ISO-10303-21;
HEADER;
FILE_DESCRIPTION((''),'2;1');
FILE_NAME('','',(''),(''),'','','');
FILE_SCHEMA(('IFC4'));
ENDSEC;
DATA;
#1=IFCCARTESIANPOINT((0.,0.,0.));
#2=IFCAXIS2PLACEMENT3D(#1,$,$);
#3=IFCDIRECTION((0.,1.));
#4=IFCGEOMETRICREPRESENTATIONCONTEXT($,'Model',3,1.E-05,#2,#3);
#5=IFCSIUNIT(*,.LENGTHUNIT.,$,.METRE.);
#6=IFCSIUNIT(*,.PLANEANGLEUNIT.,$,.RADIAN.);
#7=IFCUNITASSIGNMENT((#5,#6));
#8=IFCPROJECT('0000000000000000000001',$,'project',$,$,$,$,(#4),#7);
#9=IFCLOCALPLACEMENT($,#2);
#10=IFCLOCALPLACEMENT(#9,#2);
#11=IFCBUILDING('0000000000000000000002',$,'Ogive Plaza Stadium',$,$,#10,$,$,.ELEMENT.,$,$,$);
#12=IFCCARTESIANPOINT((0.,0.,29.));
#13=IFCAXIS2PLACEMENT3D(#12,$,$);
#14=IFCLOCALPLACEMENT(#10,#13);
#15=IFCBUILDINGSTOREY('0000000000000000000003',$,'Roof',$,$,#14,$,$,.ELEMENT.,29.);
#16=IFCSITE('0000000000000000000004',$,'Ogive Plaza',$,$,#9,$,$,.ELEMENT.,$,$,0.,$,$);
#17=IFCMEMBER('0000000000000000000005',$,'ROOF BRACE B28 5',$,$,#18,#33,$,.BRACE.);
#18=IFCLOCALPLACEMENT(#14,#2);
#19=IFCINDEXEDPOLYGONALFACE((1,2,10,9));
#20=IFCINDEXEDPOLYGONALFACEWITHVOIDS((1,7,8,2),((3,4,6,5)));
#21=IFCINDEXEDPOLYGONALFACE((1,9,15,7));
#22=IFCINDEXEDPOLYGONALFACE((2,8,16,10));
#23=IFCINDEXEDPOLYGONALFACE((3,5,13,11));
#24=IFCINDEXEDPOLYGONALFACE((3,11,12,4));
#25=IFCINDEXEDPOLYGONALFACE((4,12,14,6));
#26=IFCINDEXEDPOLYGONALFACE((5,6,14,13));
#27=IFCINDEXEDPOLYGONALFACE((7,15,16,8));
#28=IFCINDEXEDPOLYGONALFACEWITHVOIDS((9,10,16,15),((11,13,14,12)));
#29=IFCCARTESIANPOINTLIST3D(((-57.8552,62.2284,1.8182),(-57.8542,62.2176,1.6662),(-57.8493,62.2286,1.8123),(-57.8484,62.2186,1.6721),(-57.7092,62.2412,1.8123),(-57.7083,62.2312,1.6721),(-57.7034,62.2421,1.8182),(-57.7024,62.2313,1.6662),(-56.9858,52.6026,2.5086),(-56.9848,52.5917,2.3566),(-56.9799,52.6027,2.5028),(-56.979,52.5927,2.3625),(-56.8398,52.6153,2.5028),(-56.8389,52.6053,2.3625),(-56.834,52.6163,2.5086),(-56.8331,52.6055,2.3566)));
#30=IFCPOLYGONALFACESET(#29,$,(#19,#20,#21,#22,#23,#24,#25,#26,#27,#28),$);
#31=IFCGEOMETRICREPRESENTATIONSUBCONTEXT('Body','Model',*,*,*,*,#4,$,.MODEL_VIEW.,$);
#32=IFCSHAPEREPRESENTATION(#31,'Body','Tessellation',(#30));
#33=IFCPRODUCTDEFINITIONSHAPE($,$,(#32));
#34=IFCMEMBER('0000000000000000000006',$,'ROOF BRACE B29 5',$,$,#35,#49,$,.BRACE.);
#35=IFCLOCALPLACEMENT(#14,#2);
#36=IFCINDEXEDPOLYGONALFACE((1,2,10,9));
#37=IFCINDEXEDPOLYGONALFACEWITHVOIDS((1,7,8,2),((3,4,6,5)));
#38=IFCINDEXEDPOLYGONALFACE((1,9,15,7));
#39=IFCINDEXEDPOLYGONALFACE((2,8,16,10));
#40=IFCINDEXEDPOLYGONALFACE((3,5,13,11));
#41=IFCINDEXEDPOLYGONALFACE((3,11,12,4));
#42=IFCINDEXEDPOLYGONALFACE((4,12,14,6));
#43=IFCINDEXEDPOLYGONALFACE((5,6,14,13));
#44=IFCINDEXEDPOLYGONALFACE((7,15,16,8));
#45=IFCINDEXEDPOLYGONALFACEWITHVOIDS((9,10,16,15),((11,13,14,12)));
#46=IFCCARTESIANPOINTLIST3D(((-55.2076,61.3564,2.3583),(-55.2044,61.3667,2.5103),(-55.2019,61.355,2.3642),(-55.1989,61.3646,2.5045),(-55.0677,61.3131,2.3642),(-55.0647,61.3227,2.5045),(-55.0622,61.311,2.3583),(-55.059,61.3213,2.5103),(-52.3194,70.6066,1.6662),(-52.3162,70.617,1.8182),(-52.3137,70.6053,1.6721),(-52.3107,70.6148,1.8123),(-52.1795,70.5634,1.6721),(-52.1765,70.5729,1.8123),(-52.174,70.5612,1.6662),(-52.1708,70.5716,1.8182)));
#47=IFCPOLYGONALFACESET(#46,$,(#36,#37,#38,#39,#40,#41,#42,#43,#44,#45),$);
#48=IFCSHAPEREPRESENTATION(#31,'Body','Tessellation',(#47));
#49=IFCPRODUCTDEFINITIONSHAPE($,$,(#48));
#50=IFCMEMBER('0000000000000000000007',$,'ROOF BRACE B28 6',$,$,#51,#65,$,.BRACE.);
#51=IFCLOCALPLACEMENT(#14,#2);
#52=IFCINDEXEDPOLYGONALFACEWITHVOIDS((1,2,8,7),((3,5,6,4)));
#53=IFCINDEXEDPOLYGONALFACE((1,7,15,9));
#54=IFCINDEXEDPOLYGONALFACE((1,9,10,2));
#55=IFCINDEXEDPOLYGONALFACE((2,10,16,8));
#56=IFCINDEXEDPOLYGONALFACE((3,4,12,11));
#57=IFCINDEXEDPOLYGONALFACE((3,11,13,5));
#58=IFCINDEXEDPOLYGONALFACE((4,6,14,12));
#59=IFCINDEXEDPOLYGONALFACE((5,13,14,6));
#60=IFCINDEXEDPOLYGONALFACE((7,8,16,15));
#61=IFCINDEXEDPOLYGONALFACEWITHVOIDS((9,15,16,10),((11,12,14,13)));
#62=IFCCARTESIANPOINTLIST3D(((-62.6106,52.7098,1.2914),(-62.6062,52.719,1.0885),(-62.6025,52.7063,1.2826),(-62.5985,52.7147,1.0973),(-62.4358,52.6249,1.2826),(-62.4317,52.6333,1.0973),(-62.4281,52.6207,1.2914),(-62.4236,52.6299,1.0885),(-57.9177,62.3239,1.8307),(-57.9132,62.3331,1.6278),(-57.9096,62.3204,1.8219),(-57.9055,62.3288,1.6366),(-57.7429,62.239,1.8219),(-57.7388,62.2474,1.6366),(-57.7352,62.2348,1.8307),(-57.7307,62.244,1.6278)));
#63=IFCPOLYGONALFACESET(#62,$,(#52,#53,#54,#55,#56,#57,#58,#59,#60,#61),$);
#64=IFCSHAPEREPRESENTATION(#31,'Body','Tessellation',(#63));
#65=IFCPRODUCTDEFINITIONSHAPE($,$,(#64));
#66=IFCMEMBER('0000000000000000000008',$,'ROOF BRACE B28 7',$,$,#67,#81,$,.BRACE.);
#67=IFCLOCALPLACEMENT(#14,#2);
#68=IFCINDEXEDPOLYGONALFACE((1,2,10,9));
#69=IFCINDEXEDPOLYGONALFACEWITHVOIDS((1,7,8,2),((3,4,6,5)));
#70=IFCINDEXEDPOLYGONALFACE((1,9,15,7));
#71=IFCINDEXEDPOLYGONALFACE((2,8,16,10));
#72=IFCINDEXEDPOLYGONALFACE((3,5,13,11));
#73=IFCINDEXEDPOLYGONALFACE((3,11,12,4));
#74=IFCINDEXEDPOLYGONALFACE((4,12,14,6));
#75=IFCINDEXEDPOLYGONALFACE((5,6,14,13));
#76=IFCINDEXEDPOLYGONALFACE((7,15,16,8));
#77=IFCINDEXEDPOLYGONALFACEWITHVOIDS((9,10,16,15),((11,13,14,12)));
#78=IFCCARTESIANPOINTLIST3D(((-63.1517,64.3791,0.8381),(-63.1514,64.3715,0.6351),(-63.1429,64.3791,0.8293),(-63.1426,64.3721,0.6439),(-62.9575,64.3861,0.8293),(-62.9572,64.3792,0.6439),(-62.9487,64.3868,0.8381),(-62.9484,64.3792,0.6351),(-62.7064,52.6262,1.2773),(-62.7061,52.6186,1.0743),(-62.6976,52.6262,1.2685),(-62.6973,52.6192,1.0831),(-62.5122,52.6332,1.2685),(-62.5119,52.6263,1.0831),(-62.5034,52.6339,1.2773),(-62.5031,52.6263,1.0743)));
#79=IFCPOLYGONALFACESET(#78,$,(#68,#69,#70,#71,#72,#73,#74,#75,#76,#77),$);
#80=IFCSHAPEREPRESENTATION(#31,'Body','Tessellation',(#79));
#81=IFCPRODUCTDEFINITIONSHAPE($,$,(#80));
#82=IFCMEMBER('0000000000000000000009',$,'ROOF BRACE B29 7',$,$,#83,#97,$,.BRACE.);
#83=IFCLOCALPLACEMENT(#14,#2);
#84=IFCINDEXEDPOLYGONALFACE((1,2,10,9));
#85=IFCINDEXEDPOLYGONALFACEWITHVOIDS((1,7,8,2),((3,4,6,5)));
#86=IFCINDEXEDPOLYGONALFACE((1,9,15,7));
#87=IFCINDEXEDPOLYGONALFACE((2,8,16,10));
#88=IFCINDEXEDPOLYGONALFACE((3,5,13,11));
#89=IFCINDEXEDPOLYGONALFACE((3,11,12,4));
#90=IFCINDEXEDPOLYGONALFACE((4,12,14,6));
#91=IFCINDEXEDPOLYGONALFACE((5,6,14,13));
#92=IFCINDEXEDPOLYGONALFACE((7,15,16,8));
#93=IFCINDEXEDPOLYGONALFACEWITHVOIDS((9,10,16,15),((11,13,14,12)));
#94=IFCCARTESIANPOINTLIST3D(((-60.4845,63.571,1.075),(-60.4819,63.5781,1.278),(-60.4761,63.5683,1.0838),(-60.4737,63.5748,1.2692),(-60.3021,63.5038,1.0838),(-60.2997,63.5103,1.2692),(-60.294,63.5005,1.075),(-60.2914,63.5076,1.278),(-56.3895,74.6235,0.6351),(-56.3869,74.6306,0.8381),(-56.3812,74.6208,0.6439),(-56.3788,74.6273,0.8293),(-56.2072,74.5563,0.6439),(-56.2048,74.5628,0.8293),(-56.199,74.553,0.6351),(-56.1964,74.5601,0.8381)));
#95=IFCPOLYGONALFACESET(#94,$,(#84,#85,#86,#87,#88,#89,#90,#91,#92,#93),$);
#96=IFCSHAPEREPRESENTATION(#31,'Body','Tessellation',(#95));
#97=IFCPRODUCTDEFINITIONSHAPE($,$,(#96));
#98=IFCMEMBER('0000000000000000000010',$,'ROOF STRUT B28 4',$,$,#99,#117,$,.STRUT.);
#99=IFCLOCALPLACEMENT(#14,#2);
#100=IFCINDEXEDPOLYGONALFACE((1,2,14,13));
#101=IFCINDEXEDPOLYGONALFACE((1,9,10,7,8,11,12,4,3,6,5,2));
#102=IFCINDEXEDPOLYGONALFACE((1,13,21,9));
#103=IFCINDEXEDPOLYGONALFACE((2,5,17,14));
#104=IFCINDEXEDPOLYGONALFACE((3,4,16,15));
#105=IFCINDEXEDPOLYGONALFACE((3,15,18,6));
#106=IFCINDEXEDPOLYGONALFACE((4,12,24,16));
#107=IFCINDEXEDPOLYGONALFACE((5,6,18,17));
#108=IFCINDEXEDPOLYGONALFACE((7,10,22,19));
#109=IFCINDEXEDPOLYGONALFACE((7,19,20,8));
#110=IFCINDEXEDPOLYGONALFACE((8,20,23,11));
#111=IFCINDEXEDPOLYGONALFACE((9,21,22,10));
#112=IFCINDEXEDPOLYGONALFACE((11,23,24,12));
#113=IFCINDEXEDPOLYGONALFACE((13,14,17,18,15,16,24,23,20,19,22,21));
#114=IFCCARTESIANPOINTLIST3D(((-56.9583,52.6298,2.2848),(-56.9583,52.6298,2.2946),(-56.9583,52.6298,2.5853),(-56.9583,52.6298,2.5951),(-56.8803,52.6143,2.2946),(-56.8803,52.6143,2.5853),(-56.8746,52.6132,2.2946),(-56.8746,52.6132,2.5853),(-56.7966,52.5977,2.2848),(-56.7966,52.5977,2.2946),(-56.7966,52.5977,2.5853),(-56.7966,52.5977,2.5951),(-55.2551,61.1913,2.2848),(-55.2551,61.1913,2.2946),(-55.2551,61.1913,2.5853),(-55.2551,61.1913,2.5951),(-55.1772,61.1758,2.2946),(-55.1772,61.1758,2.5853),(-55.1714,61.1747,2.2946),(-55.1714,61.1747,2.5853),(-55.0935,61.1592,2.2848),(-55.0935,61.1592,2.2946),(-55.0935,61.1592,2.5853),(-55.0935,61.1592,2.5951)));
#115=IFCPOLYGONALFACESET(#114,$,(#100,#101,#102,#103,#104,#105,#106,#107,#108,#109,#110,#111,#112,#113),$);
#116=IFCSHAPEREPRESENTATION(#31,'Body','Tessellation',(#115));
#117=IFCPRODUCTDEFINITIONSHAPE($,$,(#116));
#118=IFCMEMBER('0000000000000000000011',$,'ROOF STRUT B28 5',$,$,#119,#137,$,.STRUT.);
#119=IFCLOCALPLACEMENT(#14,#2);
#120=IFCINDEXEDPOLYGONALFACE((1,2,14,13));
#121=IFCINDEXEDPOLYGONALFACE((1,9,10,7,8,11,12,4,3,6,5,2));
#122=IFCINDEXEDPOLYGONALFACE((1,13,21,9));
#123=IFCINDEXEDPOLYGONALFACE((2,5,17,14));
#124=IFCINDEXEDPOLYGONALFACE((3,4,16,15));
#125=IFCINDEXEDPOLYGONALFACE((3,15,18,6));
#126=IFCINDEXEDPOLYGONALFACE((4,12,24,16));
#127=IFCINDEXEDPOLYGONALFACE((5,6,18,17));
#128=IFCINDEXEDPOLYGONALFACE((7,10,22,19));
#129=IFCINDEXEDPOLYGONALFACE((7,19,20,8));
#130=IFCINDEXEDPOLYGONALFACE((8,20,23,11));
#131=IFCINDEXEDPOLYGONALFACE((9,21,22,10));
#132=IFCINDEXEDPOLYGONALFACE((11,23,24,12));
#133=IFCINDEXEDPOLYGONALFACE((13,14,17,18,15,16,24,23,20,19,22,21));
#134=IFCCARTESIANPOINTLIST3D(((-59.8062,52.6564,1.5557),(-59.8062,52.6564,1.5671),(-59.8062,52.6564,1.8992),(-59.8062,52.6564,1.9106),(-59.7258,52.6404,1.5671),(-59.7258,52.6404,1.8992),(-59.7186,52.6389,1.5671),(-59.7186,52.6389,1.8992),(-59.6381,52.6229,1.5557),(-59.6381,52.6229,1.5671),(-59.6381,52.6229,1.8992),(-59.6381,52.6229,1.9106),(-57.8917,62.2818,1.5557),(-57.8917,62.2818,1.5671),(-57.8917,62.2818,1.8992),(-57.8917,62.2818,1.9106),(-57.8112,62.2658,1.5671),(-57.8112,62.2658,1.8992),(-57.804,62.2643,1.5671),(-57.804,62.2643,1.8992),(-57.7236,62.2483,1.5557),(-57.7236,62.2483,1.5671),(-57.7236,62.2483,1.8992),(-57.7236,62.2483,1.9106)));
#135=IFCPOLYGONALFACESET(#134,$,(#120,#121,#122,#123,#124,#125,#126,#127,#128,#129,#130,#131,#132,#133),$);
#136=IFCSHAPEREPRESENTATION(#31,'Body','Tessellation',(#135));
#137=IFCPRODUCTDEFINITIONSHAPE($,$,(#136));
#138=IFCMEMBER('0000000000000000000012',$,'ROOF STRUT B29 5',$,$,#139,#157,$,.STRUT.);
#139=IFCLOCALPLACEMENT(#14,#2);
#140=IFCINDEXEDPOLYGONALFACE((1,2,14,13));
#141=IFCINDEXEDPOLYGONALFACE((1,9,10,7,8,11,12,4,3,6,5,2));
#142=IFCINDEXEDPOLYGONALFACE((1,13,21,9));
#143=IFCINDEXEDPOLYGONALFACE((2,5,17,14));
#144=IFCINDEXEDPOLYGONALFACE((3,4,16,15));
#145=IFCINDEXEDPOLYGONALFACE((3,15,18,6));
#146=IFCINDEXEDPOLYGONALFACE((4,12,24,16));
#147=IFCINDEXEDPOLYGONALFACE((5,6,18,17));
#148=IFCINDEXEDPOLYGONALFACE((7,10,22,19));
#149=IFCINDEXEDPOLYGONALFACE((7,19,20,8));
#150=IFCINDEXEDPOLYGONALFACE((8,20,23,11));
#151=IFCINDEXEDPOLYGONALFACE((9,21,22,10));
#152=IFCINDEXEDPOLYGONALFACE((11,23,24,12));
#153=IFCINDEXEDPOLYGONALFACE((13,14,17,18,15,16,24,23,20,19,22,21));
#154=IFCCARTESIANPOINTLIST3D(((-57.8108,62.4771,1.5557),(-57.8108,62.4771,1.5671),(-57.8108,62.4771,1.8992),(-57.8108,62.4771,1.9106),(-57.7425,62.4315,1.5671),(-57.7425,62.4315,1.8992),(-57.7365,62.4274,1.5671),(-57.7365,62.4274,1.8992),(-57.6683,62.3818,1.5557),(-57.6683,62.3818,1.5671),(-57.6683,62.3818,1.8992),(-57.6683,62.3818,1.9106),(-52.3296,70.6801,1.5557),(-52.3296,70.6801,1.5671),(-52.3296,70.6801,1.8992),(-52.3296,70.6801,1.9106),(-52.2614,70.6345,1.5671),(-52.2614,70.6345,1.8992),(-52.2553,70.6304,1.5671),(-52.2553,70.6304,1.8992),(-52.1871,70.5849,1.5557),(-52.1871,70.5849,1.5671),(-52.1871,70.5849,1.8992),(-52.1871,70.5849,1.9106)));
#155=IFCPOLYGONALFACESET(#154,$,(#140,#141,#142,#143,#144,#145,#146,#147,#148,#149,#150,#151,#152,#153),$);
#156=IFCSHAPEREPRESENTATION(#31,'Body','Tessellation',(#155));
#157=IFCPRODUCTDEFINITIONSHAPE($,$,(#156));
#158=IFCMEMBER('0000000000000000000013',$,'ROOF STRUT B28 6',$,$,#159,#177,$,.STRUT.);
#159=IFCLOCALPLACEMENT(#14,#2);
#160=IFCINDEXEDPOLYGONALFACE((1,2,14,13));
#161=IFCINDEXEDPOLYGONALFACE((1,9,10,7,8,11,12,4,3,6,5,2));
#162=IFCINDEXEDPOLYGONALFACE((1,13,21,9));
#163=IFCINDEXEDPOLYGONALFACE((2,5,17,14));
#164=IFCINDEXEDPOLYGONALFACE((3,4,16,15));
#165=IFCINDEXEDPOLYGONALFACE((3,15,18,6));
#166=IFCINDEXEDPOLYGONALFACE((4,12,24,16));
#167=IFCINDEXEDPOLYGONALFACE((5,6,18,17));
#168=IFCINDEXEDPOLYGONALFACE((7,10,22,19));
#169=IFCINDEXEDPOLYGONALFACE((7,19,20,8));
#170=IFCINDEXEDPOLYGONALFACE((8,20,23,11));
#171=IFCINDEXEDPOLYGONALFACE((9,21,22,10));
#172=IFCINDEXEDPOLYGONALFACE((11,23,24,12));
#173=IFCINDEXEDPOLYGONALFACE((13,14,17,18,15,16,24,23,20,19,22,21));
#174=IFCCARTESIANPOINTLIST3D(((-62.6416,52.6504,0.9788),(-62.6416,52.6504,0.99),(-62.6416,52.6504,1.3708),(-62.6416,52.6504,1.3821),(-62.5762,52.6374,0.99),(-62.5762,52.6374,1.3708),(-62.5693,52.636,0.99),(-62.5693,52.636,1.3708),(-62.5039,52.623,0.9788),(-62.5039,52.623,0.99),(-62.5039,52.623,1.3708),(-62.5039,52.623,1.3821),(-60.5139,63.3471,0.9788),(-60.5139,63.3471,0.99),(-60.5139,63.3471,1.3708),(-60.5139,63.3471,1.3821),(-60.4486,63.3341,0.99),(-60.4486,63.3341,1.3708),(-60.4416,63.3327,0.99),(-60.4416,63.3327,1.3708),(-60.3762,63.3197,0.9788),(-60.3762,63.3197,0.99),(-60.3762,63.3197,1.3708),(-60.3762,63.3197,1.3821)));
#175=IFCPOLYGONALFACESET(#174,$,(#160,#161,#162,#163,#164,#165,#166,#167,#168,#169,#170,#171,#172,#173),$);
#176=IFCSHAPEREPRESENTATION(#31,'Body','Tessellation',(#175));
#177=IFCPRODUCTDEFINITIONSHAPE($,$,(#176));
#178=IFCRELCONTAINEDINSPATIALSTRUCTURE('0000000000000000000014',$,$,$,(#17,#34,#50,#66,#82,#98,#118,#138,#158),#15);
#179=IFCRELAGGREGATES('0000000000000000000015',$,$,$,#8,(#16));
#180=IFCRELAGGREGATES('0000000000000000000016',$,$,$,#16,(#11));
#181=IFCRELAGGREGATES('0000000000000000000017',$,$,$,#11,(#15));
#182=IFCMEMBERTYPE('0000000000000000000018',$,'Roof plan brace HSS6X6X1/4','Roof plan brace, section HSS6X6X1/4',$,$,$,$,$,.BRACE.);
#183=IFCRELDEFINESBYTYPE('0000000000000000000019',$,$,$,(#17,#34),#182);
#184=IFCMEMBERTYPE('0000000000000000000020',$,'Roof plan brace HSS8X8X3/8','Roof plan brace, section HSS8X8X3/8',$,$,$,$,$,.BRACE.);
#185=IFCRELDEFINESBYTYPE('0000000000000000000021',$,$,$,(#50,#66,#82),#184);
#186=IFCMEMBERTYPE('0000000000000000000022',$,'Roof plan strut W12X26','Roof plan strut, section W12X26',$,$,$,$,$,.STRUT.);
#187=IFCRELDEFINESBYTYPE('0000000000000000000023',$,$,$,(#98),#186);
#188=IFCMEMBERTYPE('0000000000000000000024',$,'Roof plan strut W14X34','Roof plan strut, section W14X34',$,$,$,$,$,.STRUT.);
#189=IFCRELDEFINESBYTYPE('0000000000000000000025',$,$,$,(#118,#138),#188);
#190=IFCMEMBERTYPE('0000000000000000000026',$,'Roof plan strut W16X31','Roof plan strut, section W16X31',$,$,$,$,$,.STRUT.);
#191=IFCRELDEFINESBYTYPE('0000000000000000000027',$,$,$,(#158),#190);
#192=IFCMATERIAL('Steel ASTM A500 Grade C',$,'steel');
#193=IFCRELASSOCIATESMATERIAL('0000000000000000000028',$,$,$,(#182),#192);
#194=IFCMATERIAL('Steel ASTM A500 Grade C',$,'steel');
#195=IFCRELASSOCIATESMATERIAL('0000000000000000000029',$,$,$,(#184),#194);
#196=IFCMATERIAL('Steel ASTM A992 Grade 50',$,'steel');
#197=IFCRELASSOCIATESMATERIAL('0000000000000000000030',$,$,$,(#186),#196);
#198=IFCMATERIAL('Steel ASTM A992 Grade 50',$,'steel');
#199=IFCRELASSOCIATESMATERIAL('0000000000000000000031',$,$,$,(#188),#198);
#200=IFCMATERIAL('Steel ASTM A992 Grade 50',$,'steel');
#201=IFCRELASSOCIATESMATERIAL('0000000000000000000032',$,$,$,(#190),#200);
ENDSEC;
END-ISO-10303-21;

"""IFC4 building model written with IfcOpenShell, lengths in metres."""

from ifc_helpers import new_model, si_unit, direction, frame, origin, origin_2d, place, context, subcontext, project, spatial, hollow_rectangle, i_section, extrude, material, material_profile, profile_set, type_object, element, save


model = new_model("IFC4")

# Units and contexts
model_context = context("Model", 3, precision=1e-05, world=origin(), true_north=direction((0.0, 1.0)))
body_context = subcontext(model_context, "Body", "Model", "MODEL_VIEW")
ifc_project = project(units=[si_unit("LENGTHUNIT", "METRE"), si_unit("PLANEANGLEUNIT", "RADIAN")], contexts=[model_context])

# Site, building, storey
site_placement = place(None, origin())
site = spatial("IfcSite", under=ifc_project, at=site_placement, Name="Ogive Plaza", CompositionType="ELEMENT", RefElevation=0.0)
building_placement = place(site_placement, origin())
building = spatial("IfcBuilding", under=site, at=building_placement, Name="Ogive Plaza Stadium", CompositionType="ELEMENT")
storey_placement = place(building_placement, frame((0.0, 0.0, 29.0)))
storey = spatial("IfcBuildingStorey", under=building, at=storey_placement, Name="Roof", CompositionType="ELEMENT", Elevation=29.0)

# Members
ifc_material_1 = material(Name="Steel ASTM A500 Grade C", Category="steel")
ifc_material_profile_1 = material_profile(ifc_material_1, hollow_rectangle(XDim=0.1523, YDim=0.1523, WallThickness=0.0059, at=origin_2d()), Name="HSS6X6X1/4")
ifc_profile_set_1 = profile_set([ifc_material_profile_1], Name="Steel ASTM A500 Grade C")
member_type_1 = type_object("IfcMemberType", Name="Roof plan brace HSS6X6X1/4", Description="Roof plan brace, section HSS6X6X1/4", PredefinedType="BRACE", material=ifc_profile_set_1)
member_1_placement = place(storey_placement, frame((-56.9094, 52.604, 2.4326), z_axis=(-0.089722, 0.993415, -0.071253), x_axis=(-0.995946, -0.08995, 0.0)))
element("IfcMember", 1, at=member_1_placement, inside=storey, type_object=member_type_1, Name="ROOF BRACE B28 5", PredefinedType="BRACE", context=body_context, shape_type="SweptSolid", body=[
    extrude(hollow_rectangle(XDim=0.1523, YDim=0.1523, WallThickness=0.0059, at=origin_2d()), origin(), (0.0, 0.0, 1.0), 9.6897),
])
member_2_placement = place(storey_placement, frame((-55.1333, 61.3389, 2.4343), z_axis=(0.297281, 0.952128, -0.071242), x_axis=(-0.954554, 0.298038, 0.0)))
element("IfcMember", 2, at=member_2_placement, inside=storey, type_object=member_type_1, Name="ROOF BRACE B29 5", PredefinedType="BRACE", context=body_context, shape_type="SweptSolid", body=[
    extrude(hollow_rectangle(XDim=0.1523, YDim=0.1523, WallThickness=0.0059, at=origin_2d()), origin(), (0.0, 0.0, 1.0), 9.7153),
])
ifc_material_2 = material(Name="Steel ASTM A500 Grade C", Category="steel")
ifc_material_profile_2 = material_profile(ifc_material_2, hollow_rectangle(XDim=0.2031, YDim=0.2031, WallThickness=0.0088, at=origin_2d()), Name="HSS8X8X3/8")
ifc_profile_set_2 = profile_set([ifc_material_profile_2], Name="Steel ASTM A500 Grade C")
member_type_2 = type_object("IfcMemberType", Name="Roof plan brace HSS8X8X3/8", Description="Roof plan brace, section HSS8X8X3/8", PredefinedType="BRACE", material=ifc_profile_set_2)
member_3_placement = place(storey_placement, frame((-57.8242, 62.2839, 1.7292), z_axis=(-0.438102, -0.897514, -0.050347), x_axis=(0.898654, -0.438658, 0.0)))
element("IfcMember", 3, at=member_3_placement, inside=storey, type_object=member_type_2, Name="ROOF BRACE B28 6", PredefinedType="BRACE", context=body_context, shape_type="SweptSolid", body=[
    extrude(hollow_rectangle(XDim=0.2031, YDim=0.2031, WallThickness=0.0088, at=origin_2d()), origin(), (0.0, 0.0, 1.0), 10.7119),
])
member_4_placement = place(storey_placement, frame((-62.6047, 52.6262, 1.1758), z_axis=(-0.037836, 0.998587, -0.037317), x_axis=(-0.999283, -0.037862, 0.0)))
element("IfcMember", 4, at=member_4_placement, inside=storey, type_object=member_type_2, Name="ROOF BRACE B28 7", PredefinedType="BRACE", context=body_context, shape_type="SweptSolid", body=[
    extrude(hollow_rectangle(XDim=0.2031, YDim=0.2031, WallThickness=0.0088, at=origin_2d()), origin(), (0.0, 0.0, 1.0), 11.7695),
])
member_5_placement = place(storey_placement, frame((-60.3879, 63.5393, 1.1765), z_axis=(0.347181, 0.937056, -0.037299), x_axis=(-0.937709, 0.347423, 0.0)))
element("IfcMember", 5, at=member_5_placement, inside=storey, type_object=member_type_2, Name="ROOF BRACE B29 7", PredefinedType="BRACE", context=body_context, shape_type="SweptSolid", body=[
    extrude(hollow_rectangle(XDim=0.2031, YDim=0.2031, WallThickness=0.0088, at=origin_2d()), origin(), (0.0, 0.0, 1.0), 11.7949),
])
ifc_material_3 = material(Name="Steel ASTM A992 Grade 50", Category="steel")
ifc_material_profile_3 = material_profile(ifc_material_3, i_section(OverallWidth=0.1648, OverallDepth=0.3103, WebThickness=0.0059, FlangeThickness=0.0098, at=origin_2d()), Name="W12X26")
ifc_profile_set_3 = profile_set([ifc_material_profile_3], Name="Steel ASTM A992 Grade 50")
member_type_3 = type_object("IfcMemberType", Name="Roof plan strut W12X26", Description="Roof plan strut, section W12X26", PredefinedType="STRUT", material=ifc_profile_set_3)
member_6_placement = place(storey_placement, frame((-56.8774, 52.6138, 2.4399), z_axis=(0.195105, 0.980782, 0.0), x_axis=(-0.980782, 0.195105, 0.0)))
element("IfcMember", 6, at=member_6_placement, inside=storey, type_object=member_type_3, Name="ROOF STRUT B28 4", PredefinedType="STRUT", context=body_context, shape_type="SweptSolid", body=[
    extrude(i_section(OverallWidth=0.1648, OverallDepth=0.3103, WebThickness=0.0059, FlangeThickness=0.0098, at=origin_2d()), origin(), (0.0, 0.0, 1.0), 8.7292),
])
ifc_material_4 = material(Name="Steel ASTM A992 Grade 50", Category="steel")
ifc_material_profile_4 = material_profile(ifc_material_4, i_section(OverallWidth=0.1714, OverallDepth=0.355, WebThickness=0.0073, FlangeThickness=0.0115, at=origin_2d()), Name="W14X34")
ifc_profile_set_4 = profile_set([ifc_material_profile_4], Name="Steel ASTM A992 Grade 50")
member_type_4 = type_object("IfcMemberType", Name="Roof plan strut W14X34", Description="Roof plan strut, section W14X34", PredefinedType="STRUT", material=ifc_profile_set_4)
member_7_placement = place(storey_placement, frame((-59.7222, 52.6396, 1.7332), z_axis=(0.195083, 0.980787, 0.0), x_axis=(-0.980787, 0.195083, 0.0)))
element("IfcMember", 7, at=member_7_placement, inside=storey, type_object=member_type_4, Name="ROOF STRUT B28 5", PredefinedType="STRUT", context=body_context, shape_type="SweptSolid", body=[
    extrude(i_section(OverallWidth=0.1714, OverallDepth=0.355, WebThickness=0.0073, FlangeThickness=0.0115, at=origin_2d()), origin(), (0.0, 0.0, 1.0), 9.814),
])
member_8_placement = place(storey_placement, frame((-57.7395, 62.4294, 1.7332), z_axis=(0.555574, 0.831467, 0.0), x_axis=(-0.831467, 0.555574, 0.0)))
element("IfcMember", 8, at=member_8_placement, inside=storey, type_object=member_type_4, Name="ROOF STRUT B29 5", PredefinedType="STRUT", context=body_context, shape_type="SweptSolid", body=[
    extrude(i_section(OverallWidth=0.1714, OverallDepth=0.355, WebThickness=0.0073, FlangeThickness=0.0115, at=origin_2d()), origin(), (0.0, 0.0, 1.0), 9.8657),
])
ifc_material_5 = material(Name="Steel ASTM A992 Grade 50", Category="steel")
ifc_material_profile_5 = material_profile(ifc_material_5, i_section(OverallWidth=0.1404, OverallDepth=0.4033, WebThickness=0.0071, FlangeThickness=0.0112, at=origin_2d()), Name="W16X31")
ifc_profile_set_5 = profile_set([ifc_material_profile_5], Name="Steel ASTM A992 Grade 50")
member_type_5 = type_object("IfcMemberType", Name="Roof plan strut W16X31", Description="Roof plan strut, section W16X31", PredefinedType="STRUT", material=ifc_profile_set_5)
member_9_placement = place(storey_placement, frame((-62.5728, 52.6367, 1.1804), z_axis=(0.195087, 0.980786, 0.0), x_axis=(-0.980786, 0.195087, 0.0)))
element("IfcMember", 9, at=member_9_placement, inside=storey, type_object=member_type_5, Name="ROOF STRUT B28 6", PredefinedType="STRUT", context=body_context, shape_type="SweptSolid", body=[
    extrude(i_section(OverallWidth=0.1404, OverallDepth=0.4033, WebThickness=0.0071, FlangeThickness=0.0112, at=origin_2d()), origin(), (0.0, 0.0, 1.0), 10.9062),
])

save(model, "model.ifc")
